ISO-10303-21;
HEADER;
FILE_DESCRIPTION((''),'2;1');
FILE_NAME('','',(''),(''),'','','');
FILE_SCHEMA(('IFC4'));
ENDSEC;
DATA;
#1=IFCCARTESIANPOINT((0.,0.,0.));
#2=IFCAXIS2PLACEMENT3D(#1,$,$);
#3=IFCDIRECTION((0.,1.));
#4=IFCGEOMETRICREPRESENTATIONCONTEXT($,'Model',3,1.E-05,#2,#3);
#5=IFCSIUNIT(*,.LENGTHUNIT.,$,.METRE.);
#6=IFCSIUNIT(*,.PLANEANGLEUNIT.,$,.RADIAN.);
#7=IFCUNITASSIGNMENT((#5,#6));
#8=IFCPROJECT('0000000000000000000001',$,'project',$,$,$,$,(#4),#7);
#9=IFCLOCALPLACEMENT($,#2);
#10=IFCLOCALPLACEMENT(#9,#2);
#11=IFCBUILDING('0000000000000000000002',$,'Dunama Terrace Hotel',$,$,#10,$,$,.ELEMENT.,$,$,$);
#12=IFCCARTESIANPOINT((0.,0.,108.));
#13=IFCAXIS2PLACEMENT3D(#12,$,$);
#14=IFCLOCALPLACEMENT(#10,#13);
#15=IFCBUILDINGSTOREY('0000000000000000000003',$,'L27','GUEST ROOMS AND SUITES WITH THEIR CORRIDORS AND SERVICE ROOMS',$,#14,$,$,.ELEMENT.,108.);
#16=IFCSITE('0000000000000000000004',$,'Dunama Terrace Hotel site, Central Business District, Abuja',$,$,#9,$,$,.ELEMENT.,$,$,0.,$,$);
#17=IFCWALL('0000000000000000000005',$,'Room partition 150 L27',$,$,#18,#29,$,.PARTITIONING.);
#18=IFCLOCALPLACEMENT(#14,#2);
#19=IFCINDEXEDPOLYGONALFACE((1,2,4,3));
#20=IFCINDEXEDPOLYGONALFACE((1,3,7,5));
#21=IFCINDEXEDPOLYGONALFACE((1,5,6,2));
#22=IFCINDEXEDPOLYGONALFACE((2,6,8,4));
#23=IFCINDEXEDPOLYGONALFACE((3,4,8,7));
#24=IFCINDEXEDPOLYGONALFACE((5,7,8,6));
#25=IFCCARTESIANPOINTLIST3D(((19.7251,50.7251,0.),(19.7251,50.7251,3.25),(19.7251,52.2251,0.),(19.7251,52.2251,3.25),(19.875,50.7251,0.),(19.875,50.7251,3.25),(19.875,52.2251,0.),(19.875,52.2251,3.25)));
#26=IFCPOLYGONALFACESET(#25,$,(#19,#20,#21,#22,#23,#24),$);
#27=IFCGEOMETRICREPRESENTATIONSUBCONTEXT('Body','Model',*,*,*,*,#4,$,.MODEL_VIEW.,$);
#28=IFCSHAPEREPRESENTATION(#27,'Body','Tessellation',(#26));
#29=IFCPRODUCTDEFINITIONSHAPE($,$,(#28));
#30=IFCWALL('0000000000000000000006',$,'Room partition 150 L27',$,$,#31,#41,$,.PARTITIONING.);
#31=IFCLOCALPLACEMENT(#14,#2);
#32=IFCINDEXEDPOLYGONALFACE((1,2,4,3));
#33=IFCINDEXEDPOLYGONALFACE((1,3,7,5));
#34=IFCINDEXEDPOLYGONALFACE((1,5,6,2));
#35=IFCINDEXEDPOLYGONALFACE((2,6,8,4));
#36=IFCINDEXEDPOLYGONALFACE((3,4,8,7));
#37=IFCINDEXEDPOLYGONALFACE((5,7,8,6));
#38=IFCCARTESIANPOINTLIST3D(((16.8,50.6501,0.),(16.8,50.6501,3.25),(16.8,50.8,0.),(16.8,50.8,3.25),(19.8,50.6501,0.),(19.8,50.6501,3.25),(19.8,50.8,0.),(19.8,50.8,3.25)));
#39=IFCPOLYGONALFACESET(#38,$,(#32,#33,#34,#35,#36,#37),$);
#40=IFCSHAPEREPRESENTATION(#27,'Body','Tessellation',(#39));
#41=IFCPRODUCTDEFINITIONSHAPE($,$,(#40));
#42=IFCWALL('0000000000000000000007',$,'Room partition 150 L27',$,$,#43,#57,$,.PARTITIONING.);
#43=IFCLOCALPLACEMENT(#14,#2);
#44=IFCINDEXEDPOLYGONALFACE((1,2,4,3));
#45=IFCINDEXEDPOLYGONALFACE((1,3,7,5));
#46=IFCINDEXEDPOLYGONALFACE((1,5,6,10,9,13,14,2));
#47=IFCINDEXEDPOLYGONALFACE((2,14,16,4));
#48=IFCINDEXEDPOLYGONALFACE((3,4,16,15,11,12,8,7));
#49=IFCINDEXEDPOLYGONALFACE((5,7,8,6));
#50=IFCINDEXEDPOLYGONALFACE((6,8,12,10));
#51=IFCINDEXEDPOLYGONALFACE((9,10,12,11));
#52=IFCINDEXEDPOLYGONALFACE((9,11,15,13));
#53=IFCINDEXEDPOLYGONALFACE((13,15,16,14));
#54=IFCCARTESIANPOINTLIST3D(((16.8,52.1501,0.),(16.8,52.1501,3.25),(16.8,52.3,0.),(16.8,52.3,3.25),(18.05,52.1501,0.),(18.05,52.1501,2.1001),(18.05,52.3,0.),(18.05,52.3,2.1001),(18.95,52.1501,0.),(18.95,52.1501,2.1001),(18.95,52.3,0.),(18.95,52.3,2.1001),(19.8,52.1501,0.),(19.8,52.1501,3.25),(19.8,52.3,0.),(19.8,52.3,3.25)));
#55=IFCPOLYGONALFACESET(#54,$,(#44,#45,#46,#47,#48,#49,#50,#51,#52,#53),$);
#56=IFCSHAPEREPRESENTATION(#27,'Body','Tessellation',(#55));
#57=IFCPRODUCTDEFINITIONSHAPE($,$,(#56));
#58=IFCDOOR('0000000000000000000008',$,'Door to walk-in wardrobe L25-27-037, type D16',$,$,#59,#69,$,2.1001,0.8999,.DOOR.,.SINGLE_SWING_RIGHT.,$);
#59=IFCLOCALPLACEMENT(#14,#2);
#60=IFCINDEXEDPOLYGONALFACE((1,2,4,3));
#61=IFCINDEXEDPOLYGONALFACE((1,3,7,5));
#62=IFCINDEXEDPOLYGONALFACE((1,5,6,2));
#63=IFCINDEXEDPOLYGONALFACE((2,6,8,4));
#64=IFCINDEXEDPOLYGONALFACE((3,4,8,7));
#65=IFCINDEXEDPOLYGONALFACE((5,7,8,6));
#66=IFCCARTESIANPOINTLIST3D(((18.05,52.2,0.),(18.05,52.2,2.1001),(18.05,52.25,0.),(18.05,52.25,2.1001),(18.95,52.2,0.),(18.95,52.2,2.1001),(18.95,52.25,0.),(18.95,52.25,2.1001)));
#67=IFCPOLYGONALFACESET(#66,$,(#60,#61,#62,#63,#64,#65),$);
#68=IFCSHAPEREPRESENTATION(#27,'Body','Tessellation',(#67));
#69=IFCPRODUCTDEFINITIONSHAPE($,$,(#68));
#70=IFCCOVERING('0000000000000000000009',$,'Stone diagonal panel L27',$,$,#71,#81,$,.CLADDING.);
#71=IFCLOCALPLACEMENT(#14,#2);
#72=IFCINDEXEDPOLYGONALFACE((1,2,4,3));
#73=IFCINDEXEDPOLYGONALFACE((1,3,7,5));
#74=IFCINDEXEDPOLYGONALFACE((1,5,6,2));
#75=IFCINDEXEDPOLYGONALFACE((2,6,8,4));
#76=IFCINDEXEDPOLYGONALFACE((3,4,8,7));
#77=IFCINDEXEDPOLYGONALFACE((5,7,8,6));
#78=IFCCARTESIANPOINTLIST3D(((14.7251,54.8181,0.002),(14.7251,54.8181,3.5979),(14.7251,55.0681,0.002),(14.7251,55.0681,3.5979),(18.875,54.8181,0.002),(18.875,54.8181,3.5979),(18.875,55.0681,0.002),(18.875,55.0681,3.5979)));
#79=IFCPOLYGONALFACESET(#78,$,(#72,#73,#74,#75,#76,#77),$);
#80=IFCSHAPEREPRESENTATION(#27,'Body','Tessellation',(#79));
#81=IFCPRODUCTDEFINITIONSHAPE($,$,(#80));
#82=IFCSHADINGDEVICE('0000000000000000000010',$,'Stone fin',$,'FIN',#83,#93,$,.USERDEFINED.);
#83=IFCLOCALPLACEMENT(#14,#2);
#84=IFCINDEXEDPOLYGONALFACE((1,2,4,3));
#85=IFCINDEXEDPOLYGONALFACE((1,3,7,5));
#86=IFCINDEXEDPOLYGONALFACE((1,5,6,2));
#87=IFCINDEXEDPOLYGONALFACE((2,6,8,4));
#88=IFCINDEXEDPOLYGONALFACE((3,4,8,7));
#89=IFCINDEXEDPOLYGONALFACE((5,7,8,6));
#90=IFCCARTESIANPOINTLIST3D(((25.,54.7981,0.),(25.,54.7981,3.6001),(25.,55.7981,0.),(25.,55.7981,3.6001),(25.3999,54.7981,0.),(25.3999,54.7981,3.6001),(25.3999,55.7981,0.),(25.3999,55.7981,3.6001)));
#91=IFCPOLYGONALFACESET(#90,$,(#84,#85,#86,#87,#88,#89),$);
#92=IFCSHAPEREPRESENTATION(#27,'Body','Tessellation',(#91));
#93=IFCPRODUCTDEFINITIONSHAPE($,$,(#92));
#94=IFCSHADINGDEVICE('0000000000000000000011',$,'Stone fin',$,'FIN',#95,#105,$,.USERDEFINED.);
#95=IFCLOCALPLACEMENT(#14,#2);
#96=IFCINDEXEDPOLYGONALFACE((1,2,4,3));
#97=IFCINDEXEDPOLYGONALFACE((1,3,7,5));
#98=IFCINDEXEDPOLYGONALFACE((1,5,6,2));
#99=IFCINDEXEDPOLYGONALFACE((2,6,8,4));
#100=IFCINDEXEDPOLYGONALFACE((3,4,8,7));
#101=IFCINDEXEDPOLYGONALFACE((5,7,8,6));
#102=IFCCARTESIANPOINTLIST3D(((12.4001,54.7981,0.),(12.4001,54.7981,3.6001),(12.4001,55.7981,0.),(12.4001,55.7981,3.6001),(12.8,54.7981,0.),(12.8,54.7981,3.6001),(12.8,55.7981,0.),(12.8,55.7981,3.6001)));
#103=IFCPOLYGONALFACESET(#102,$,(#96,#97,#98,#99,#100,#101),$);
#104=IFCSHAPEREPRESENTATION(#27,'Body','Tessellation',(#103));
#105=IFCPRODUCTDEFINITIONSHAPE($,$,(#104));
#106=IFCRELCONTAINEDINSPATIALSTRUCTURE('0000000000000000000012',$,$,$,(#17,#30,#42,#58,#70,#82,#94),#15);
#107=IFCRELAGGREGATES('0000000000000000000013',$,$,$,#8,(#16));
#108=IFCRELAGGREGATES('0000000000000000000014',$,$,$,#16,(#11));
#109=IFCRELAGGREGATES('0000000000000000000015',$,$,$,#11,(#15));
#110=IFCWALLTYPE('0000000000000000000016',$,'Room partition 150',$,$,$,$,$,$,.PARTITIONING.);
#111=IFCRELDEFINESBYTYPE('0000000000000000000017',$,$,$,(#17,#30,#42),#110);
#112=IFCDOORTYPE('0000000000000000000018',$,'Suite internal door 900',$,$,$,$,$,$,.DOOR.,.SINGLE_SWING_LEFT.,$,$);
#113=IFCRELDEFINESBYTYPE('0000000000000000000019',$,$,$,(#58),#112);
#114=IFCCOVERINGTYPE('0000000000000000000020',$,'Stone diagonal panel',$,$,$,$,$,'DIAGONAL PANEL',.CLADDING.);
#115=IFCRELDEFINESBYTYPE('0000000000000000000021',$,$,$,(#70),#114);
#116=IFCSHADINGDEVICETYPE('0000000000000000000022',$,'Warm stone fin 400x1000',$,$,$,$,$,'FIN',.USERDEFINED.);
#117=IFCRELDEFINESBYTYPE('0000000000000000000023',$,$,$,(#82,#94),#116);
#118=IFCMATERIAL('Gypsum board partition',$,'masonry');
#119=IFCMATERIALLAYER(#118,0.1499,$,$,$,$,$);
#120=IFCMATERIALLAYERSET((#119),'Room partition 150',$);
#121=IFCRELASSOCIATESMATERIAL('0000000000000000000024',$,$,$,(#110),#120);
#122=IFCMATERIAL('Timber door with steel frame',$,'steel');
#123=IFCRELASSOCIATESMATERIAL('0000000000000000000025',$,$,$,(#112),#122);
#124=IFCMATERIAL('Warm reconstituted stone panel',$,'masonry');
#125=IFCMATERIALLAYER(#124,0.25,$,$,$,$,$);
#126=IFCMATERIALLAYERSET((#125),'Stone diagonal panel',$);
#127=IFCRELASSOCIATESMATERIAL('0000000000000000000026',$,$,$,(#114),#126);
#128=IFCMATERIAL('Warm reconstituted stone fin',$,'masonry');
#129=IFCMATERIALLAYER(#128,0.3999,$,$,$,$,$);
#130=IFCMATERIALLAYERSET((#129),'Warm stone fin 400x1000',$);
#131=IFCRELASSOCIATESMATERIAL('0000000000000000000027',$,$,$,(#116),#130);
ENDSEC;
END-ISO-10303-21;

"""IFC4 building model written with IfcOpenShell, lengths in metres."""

from ifc_helpers import new_model, si_unit, direction, frame, frame_2d, origin, origin_2d, place, context, subcontext, project, spatial, rectangle, extrude, material, layer, layer_set, type_object, element, fill, save


model = new_model("IFC4")

# Units and contexts
model_context = context("Model", 3, precision=1e-05, world=origin(), true_north=direction((0.0, 1.0)))
body_context = subcontext(model_context, "Body", "Model", "MODEL_VIEW")
ifc_project = project(units=[si_unit("LENGTHUNIT", "METRE"), si_unit("PLANEANGLEUNIT", "RADIAN")], contexts=[model_context])

# Site, building, storey
site_placement = place(None, origin())
site = spatial("IfcSite", under=ifc_project, at=site_placement, Name="Dunama Terrace Hotel site, Central Business District, Abuja", CompositionType="ELEMENT", RefElevation=0.0)
building_placement = place(site_placement, origin())
building = spatial("IfcBuilding", under=site, at=building_placement, Name="Dunama Terrace Hotel", CompositionType="ELEMENT")
storey_placement = place(building_placement, frame((0.0, 0.0, 108.0)))
storey = spatial("IfcBuildingStorey", under=building, at=storey_placement, Name="L27", Description="GUEST ROOMS AND SUITES WITH THEIR CORRIDORS AND SERVICE ROOMS", CompositionType="ELEMENT", Elevation=108.0)

# Walls
ifc_material_1 = material(Name="Gypsum board partition", Category="masonry")
ifc_layer_1 = layer(ifc_material_1, 0.1499)
ifc_layer_set_1 = layer_set([ifc_layer_1], Name="Room partition 150")
wall_type_1 = type_object("IfcWallType", Name="Room partition 150", PredefinedType="PARTITIONING", material=ifc_layer_set_1)
wall_1_placement = place(storey_placement, frame((19.8, 50.7251, 0.0), z_axis=(0.0, 0.0, 1.0), x_axis=(0.0, 1.0, 0.0)))
element("IfcWall", 1, at=wall_1_placement, inside=storey, type_object=wall_type_1, Name="Room partition 150 L27", PredefinedType="PARTITIONING", context=body_context, shape_type="SweptSolid", body=[
    extrude(rectangle(XDim=1.5, YDim=0.1499, at=frame_2d((0.75, 0.0))), origin(), (0.0, 0.0, 1.0), 3.25),
])
wall_2_placement = place(storey_placement, frame((16.8, 50.7251, 0.0), z_axis=(0.0, 0.0, 1.0), x_axis=(1.0, 0.0, 0.0)))
element("IfcWall", 2, at=wall_2_placement, inside=storey, type_object=wall_type_1, Name="Room partition 150 L27", PredefinedType="PARTITIONING", context=body_context, shape_type="SweptSolid", body=[
    extrude(rectangle(XDim=3.0, YDim=0.1499, at=frame_2d((1.5, 0.0))), origin(), (0.0, 0.0, 1.0), 3.25),
])

# Wall, opening, door
wall_3_placement = place(storey_placement, frame((16.8, 52.2251, 0.0), z_axis=(0.0, 0.0, 1.0), x_axis=(1.0, 0.0, 0.0)))
wall_3 = element("IfcWall", 3, at=wall_3_placement, inside=storey, type_object=wall_type_1, Name="Room partition 150 L27", PredefinedType="PARTITIONING", context=body_context, shape_type="SweptSolid", body=[
    extrude(rectangle(XDim=3.0, YDim=0.1499, at=frame_2d((1.5, 0.0))), origin(), (0.0, 0.0, 1.0), 3.25),
])
opening_1_placement = place(wall_3_placement, frame((1.25, 0.0, 0.0)))
opening_1 = element("IfcOpeningElement", 4, at=opening_1_placement, cuts=wall_3, PredefinedType="OPENING", context=body_context, shape_type="SweptSolid", body=[
    extrude(rectangle(XDim=0.8999, YDim=2.1001, at=frame_2d((0.45, 1.05))), frame((0.0, 0.085, 0.0), z_axis=(0.0, -1.0, 0.0), x_axis=(1.0, 0.0, 0.0)), (0.0, 0.0, 1.0), 0.1699),
])
ifc_material_2 = material(Name="Timber door with steel frame", Category="steel")
door_type_1 = type_object("IfcDoorType", Name="Suite internal door 900", OperationType="SINGLE_SWING_LEFT", PredefinedType="DOOR", material=ifc_material_2)
door_1_placement = place(opening_1_placement, frame((0.8999, 0.0, 0.0), z_axis=(0.0, 0.0, 1.0), x_axis=(-1.0, 0.0, 0.0)))
door_1 = element("IfcDoor", 5, at=door_1_placement, inside=storey, type_object=door_type_1, Name="Door to walk-in wardrobe L25-27-037, type D16", OperationType="SINGLE_SWING_RIGHT", OverallHeight=2.1001, OverallWidth=0.8999, PredefinedType="DOOR", context=body_context, shape_type="SweptSolid", body=[
    extrude(rectangle(XDim=0.8999, YDim=2.1001, at=frame_2d((0.45, 1.05))), frame((0.0, 0.0251, 0.0), z_axis=(0.0, -1.0, 0.0), x_axis=(1.0, 0.0, 0.0)), (0.0, 0.0, 1.0), 0.05),
])
fill(opening_1, door_1)

# Covering
ifc_material_3 = material(Name="Warm reconstituted stone panel", Category="masonry")
ifc_layer_2 = layer(ifc_material_3, 0.25)
ifc_layer_set_2 = layer_set([ifc_layer_2], Name="Stone diagonal panel")
covering_type = type_object("IfcCoveringType", Name="Stone diagonal panel", ElementType="DIAGONAL PANEL", PredefinedType="CLADDING", material=ifc_layer_set_2)
covering_placement = place(storey_placement, frame((16.8, 54.9431, 0.002), z_axis=(0.0, 0.0, 1.0), x_axis=(-1.0, 0.0, 0.0)))
element("IfcCovering", 6, at=covering_placement, inside=storey, type_object=covering_type, Name="Stone diagonal panel L27", PredefinedType="CLADDING", context=body_context, shape_type="SweptSolid", body=[
    extrude(rectangle(XDim=4.1499, YDim=0.25, at=origin_2d()), origin(), (0.0, 0.0, 1.0), 3.5959),
])

# Shading devices
ifc_material_4 = material(Name="Warm reconstituted stone fin", Category="masonry")
ifc_layer_3 = layer(ifc_material_4, 0.3999)
ifc_layer_set_3 = layer_set([ifc_layer_3], Name="Warm stone fin 400x1000")
shading_device_type = type_object("IfcShadingDeviceType", Name="Warm stone fin 400x1000", ElementType="FIN", PredefinedType="USERDEFINED", material=ifc_layer_set_3)
for number, where, z_axis, x_axis, name in (
    (7, (25.2, 55.2981, 0.0), (0.0, 0.0, 1.0), (-1.0, 0.0, 0.0), "Stone fin"),
    (8, (12.6001, 55.2981, 0.0), (0.0, 0.0, 1.0), (-1.0, 0.0, 0.0), "Stone fin"),
):
    element("IfcShadingDevice", number, at=place(storey_placement, frame(where, z_axis=z_axis, x_axis=x_axis)), inside=storey, type_object=shading_device_type, Name=name, ObjectType="FIN", PredefinedType="USERDEFINED", context=body_context, shape_type="SweptSolid", body=[
        extrude(rectangle(XDim=0.3999, YDim=1.0, at=origin_2d()), origin(), (0.0, 0.0, 1.0), 3.6001),
    ])

save(model, "model.ifc")
